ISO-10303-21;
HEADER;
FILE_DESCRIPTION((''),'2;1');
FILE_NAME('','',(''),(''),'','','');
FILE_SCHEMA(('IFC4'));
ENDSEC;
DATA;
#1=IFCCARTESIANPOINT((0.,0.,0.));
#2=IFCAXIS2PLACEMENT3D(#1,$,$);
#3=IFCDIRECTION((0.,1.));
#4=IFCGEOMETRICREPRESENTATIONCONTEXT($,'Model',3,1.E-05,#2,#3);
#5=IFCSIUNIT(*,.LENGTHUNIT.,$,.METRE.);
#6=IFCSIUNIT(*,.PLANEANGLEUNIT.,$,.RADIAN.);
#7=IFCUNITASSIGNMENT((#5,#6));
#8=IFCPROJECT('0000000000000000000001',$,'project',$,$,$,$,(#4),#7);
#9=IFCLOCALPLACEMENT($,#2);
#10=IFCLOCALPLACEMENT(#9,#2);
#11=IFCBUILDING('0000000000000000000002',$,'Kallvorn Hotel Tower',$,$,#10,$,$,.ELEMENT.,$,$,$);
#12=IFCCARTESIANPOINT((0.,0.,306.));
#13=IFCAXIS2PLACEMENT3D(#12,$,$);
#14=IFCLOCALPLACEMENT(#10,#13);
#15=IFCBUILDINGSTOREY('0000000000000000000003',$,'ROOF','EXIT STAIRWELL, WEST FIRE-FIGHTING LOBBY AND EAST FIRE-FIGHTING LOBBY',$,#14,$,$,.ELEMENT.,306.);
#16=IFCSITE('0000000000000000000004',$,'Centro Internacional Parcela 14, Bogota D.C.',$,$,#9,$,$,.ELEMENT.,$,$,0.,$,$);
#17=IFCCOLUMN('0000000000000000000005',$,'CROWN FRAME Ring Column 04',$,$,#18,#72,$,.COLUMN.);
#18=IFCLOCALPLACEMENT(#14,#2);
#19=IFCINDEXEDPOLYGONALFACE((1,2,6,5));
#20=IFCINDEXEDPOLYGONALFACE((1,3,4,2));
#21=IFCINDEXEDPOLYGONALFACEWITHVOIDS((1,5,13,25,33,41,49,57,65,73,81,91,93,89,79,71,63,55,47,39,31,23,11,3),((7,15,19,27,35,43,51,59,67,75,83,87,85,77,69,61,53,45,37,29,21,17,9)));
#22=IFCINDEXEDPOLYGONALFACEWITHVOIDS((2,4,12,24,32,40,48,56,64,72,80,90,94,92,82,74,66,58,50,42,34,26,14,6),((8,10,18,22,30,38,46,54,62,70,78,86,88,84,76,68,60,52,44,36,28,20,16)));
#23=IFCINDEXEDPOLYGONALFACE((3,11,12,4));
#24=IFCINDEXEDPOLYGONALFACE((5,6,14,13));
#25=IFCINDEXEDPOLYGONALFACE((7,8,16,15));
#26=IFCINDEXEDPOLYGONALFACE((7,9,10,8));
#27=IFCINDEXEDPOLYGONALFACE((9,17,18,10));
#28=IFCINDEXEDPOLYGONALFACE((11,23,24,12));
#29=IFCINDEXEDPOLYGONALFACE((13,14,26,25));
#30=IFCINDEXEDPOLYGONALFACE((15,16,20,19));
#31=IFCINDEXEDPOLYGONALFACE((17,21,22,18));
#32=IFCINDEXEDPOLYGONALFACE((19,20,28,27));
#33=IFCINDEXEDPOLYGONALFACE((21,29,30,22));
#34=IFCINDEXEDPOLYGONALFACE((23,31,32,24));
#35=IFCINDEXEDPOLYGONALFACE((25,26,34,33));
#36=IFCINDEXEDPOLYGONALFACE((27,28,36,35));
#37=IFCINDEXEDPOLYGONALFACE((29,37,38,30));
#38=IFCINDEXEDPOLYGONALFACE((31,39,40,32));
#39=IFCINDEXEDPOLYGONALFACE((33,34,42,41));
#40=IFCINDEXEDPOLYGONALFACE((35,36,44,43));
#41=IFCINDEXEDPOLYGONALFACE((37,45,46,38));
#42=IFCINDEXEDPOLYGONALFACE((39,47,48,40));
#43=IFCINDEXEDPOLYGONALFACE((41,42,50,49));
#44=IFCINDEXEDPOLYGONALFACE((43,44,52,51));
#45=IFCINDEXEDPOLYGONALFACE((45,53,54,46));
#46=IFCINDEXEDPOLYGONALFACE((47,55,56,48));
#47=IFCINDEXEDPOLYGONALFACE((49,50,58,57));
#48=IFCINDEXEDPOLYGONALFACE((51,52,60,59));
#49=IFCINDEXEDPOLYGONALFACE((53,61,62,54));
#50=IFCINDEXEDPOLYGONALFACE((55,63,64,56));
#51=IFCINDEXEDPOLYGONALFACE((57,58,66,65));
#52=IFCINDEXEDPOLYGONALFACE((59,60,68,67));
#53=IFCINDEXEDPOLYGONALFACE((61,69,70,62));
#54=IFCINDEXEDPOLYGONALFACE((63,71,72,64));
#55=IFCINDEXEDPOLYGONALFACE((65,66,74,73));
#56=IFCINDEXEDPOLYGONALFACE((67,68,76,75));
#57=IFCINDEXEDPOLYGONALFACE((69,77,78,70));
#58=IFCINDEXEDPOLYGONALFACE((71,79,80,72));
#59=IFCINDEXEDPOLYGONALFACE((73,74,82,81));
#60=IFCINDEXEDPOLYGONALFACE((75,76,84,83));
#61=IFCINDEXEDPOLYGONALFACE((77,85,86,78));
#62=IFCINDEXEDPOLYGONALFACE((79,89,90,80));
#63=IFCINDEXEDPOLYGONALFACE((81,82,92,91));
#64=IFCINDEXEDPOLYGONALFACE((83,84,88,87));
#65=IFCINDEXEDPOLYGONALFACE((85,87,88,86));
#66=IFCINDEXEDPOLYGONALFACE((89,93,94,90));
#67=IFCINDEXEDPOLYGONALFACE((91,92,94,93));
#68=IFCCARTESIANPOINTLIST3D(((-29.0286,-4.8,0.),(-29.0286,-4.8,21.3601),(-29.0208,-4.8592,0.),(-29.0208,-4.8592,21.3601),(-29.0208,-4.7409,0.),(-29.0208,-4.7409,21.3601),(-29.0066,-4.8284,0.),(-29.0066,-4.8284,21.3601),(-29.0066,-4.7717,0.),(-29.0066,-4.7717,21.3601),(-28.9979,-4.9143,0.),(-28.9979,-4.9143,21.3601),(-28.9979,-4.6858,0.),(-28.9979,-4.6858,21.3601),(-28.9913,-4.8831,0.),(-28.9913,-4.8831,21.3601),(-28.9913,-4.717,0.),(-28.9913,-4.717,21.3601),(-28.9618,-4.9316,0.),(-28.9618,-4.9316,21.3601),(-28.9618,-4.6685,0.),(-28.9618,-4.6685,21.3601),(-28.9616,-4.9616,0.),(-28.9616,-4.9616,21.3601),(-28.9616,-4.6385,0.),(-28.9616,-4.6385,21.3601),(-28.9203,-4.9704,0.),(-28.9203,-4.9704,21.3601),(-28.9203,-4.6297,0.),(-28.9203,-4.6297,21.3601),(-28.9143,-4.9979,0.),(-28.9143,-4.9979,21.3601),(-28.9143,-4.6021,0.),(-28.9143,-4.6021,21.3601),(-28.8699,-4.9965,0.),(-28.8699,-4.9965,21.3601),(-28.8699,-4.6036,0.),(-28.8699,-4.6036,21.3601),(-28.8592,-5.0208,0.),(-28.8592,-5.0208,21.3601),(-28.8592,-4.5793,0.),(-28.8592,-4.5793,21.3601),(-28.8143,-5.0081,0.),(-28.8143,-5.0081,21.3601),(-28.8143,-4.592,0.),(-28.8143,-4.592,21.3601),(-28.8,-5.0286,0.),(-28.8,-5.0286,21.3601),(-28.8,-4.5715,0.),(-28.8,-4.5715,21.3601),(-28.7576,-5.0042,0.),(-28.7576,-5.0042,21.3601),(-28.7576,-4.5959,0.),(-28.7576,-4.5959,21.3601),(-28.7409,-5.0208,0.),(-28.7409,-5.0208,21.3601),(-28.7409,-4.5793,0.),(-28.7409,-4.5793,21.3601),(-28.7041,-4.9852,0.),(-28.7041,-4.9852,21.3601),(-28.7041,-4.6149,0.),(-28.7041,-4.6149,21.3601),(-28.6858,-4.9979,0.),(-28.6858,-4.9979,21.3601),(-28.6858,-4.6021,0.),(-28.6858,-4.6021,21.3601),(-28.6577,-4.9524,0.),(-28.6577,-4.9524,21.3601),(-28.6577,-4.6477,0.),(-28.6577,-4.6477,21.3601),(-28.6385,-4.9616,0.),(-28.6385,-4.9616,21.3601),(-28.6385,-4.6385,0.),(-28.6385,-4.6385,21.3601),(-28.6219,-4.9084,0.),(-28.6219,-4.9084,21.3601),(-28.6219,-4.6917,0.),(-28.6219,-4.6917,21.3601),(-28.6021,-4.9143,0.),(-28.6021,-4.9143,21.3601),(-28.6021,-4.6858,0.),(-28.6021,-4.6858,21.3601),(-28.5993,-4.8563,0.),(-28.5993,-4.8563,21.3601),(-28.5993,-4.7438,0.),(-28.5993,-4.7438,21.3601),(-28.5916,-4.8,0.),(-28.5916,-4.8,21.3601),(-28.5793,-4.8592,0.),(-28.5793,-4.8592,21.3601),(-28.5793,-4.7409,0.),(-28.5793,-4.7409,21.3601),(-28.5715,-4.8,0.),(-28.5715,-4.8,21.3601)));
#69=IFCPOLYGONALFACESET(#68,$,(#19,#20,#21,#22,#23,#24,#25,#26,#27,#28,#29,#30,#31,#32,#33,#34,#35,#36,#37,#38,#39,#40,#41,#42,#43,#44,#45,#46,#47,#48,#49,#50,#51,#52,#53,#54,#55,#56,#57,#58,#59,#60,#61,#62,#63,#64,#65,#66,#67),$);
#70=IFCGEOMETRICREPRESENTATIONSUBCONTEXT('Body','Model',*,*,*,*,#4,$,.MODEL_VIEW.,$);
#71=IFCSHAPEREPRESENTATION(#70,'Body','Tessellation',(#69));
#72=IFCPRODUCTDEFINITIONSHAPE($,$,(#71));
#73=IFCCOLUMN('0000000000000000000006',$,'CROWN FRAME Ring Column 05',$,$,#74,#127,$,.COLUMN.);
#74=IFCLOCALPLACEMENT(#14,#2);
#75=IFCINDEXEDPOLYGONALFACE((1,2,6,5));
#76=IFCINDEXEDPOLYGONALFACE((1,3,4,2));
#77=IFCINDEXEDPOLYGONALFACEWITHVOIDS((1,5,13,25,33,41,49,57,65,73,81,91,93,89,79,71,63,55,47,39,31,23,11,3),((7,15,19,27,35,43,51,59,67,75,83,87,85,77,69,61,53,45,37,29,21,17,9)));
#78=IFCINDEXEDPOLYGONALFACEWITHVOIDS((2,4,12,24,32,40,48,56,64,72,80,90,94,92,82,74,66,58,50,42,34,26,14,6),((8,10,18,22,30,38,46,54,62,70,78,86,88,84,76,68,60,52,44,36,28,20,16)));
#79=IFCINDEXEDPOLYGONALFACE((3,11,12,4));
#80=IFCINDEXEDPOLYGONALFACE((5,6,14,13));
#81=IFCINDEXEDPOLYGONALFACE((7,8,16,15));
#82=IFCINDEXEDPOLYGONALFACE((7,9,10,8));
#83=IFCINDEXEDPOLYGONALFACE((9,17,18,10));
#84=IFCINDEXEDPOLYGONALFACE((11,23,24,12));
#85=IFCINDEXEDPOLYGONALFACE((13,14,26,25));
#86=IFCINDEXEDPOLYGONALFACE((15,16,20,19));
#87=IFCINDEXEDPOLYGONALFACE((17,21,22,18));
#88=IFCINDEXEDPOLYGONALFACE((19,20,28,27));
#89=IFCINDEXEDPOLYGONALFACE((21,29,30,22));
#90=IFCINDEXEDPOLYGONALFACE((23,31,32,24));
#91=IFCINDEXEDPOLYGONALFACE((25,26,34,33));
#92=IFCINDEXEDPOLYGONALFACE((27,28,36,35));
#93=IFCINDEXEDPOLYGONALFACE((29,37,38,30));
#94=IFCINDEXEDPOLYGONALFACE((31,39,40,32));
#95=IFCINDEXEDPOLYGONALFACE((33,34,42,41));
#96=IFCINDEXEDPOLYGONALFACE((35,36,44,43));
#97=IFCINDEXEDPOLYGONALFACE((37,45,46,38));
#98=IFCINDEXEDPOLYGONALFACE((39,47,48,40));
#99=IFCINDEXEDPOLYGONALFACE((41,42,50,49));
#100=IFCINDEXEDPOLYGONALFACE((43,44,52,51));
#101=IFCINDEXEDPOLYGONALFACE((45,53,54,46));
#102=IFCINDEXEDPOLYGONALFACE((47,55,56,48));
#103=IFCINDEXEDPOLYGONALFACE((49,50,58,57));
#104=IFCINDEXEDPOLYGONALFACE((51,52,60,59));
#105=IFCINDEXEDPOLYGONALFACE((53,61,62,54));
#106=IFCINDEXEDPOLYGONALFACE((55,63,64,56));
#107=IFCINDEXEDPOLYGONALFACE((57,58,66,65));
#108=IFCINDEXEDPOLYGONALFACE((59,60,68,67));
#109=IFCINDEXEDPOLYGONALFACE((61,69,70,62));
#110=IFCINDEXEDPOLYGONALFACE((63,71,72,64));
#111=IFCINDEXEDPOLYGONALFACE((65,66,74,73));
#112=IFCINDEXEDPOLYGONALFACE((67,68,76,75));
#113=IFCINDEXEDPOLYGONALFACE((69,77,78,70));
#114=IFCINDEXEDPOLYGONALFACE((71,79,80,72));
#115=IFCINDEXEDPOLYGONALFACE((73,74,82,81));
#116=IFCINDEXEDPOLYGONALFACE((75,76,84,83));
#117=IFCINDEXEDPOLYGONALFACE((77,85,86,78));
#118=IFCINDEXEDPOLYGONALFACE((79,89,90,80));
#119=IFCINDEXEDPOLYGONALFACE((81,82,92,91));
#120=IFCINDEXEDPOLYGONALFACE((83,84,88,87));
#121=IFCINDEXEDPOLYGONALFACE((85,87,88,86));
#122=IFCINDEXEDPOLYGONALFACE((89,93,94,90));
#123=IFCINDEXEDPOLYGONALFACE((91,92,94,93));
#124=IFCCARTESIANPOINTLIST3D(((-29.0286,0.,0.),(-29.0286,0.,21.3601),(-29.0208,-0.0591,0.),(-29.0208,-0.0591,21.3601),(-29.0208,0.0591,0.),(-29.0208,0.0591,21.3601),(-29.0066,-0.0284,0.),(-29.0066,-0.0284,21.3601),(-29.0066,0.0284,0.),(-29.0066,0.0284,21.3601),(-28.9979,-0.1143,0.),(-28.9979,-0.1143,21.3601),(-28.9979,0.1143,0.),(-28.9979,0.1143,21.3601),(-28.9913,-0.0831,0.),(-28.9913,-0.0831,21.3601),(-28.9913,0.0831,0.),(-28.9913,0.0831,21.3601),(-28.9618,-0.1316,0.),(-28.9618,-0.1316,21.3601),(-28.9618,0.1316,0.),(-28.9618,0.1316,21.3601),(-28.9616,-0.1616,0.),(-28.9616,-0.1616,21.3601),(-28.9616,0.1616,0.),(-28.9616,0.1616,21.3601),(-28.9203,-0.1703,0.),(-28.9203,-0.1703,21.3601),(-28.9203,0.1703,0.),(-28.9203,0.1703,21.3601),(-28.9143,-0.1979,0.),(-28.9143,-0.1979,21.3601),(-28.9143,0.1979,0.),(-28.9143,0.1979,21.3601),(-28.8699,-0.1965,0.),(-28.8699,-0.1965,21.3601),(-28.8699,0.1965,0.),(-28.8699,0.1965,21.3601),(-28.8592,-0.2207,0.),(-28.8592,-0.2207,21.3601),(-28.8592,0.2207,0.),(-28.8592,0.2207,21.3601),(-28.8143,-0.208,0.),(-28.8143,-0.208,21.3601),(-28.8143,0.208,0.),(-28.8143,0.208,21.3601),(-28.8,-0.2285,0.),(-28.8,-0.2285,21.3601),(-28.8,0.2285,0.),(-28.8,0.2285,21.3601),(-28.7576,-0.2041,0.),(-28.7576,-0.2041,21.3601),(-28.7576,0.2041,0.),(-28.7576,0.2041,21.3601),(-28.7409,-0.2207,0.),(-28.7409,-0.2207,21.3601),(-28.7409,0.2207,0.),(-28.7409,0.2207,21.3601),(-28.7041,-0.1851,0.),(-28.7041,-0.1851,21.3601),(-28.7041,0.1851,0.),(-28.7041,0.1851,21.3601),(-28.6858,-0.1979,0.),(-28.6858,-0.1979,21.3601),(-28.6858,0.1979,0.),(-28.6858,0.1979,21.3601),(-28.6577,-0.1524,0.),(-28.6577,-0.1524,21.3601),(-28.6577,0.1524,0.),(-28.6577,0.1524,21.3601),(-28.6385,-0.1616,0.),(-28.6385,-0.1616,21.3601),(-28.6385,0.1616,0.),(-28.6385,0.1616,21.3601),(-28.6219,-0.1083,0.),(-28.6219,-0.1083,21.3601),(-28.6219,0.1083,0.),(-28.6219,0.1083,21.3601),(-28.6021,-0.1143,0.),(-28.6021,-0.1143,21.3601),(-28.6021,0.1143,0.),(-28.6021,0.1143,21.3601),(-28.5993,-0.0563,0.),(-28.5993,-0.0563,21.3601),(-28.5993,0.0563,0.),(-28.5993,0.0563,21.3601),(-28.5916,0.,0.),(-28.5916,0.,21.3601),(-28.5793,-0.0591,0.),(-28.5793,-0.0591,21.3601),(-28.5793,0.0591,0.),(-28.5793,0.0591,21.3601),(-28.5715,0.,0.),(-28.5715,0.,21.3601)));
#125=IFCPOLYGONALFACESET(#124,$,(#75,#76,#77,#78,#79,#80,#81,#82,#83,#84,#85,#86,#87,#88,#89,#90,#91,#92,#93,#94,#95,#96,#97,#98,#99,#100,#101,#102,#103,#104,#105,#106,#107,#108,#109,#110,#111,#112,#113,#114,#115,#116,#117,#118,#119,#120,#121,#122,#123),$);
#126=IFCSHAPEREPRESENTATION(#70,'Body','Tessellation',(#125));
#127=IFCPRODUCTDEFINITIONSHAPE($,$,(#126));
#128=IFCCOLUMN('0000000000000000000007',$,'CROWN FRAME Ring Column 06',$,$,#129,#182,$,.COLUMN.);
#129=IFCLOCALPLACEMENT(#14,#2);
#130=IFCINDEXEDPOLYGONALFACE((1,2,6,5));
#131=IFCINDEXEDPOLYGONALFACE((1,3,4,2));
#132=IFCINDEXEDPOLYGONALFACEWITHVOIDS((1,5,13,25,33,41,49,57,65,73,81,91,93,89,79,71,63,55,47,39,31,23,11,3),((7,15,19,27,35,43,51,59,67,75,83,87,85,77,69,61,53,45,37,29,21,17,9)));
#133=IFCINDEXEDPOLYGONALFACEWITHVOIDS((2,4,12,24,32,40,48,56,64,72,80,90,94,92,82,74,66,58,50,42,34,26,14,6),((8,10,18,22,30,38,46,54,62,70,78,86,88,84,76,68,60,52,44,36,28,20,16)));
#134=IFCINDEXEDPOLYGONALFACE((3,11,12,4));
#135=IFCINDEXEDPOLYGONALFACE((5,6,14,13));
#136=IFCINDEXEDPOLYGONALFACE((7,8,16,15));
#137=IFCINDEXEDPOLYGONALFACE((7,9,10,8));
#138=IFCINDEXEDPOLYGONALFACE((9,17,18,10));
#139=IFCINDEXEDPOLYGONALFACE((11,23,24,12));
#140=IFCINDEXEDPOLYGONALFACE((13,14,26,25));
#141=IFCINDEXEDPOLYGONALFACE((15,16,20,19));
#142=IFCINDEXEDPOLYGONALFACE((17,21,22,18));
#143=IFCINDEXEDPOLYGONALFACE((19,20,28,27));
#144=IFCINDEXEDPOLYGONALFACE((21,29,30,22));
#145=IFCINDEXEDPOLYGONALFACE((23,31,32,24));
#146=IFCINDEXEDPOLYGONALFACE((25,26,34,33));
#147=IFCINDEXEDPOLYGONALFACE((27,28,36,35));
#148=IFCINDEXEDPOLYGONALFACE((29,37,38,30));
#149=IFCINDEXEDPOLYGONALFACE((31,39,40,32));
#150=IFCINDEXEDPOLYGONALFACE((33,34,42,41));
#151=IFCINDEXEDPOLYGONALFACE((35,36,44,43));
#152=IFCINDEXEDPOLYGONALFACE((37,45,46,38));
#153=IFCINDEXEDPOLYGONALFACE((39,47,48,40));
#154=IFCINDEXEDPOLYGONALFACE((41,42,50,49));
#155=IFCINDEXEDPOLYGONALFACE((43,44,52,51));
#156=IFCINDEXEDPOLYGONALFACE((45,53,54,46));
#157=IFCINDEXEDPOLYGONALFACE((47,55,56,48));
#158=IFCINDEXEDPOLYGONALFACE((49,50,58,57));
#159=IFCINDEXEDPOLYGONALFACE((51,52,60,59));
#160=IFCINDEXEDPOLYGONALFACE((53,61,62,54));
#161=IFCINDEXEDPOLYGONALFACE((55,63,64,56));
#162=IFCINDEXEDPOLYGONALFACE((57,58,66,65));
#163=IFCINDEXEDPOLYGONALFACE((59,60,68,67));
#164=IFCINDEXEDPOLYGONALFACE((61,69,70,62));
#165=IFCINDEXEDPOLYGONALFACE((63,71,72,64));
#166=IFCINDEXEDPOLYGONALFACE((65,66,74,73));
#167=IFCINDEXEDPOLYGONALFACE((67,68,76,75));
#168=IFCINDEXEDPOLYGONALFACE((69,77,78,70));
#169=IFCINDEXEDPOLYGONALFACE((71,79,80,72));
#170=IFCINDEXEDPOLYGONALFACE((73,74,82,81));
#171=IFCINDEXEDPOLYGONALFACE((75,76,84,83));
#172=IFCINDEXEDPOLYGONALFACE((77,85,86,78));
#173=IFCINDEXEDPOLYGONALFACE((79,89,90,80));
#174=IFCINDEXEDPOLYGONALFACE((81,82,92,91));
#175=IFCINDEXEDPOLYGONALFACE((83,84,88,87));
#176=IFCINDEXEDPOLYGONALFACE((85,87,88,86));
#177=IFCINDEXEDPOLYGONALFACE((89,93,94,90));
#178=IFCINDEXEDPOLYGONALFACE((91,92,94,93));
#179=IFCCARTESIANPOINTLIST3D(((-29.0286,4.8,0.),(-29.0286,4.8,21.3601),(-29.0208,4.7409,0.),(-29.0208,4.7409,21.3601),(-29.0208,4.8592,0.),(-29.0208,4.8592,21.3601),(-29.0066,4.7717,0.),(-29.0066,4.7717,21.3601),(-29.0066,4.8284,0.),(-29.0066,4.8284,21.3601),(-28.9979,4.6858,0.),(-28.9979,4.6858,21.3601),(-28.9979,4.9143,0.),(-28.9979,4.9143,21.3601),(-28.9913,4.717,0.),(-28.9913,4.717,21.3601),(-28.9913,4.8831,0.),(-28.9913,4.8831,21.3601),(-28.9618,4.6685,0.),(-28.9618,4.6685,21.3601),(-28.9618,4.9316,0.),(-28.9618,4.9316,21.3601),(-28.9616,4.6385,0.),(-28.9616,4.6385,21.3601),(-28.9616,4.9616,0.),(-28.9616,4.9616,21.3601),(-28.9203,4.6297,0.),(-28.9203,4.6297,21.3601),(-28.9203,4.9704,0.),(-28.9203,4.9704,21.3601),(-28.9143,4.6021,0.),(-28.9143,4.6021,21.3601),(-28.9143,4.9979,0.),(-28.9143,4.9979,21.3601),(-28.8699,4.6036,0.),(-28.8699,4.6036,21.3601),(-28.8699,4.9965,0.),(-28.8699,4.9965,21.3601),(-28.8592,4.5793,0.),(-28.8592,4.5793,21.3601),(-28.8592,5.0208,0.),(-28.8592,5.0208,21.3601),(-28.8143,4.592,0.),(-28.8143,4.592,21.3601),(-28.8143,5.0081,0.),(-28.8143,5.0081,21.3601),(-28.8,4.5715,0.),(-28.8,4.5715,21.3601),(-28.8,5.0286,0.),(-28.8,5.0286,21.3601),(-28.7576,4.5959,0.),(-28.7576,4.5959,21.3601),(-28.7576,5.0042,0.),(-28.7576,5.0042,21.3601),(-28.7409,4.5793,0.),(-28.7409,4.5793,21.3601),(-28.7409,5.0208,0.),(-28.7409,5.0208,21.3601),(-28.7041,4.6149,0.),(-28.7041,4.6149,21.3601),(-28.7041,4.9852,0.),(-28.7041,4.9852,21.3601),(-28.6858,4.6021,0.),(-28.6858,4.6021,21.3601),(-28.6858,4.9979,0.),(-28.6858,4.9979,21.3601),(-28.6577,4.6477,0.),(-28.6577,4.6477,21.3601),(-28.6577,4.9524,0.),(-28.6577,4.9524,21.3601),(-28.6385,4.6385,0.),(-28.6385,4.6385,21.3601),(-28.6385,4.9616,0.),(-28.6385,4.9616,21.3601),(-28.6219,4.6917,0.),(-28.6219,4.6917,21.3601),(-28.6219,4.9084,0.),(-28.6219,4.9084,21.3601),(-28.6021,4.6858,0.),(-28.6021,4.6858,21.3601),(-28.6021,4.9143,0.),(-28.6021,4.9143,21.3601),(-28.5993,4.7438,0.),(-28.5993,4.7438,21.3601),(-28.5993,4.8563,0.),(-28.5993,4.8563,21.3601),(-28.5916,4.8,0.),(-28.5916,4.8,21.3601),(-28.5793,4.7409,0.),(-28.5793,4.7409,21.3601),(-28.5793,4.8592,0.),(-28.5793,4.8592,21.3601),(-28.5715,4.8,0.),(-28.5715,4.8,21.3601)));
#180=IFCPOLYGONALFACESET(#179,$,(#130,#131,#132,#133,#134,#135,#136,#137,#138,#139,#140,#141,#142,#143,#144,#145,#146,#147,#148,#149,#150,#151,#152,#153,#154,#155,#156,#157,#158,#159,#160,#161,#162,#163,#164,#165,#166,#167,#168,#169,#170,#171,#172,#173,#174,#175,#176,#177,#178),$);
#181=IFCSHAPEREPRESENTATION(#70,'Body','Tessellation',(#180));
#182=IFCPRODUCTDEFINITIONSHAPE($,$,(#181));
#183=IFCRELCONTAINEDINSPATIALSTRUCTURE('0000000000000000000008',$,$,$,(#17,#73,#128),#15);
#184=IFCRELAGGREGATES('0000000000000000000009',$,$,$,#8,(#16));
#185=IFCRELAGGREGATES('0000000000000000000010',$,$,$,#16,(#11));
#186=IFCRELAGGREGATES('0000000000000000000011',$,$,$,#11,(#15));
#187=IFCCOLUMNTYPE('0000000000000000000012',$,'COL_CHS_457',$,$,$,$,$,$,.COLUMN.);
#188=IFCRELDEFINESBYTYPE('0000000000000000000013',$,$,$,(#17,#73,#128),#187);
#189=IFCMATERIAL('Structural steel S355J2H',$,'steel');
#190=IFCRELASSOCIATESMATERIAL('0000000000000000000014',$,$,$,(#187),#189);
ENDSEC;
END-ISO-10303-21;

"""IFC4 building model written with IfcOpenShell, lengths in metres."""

from ifc_helpers import new_model, si_unit, direction, frame, origin, origin_2d, place, context, subcontext, project, spatial, hollow_circle, extrude, material, material_profile, profile_set, type_object, element, save


model = new_model("IFC4")

# Units and contexts
model_context = context("Model", 3, precision=1e-05, world=origin(), true_north=direction((0.0, 1.0)))
body_context = subcontext(model_context, "Body", "Model", "MODEL_VIEW")
ifc_project = project(units=[si_unit("LENGTHUNIT", "METRE"), si_unit("PLANEANGLEUNIT", "RADIAN")], contexts=[model_context])

# Site, building, storey
site_placement = place(None, origin())
site = spatial("IfcSite", under=ifc_project, at=site_placement, Name="Centro Internacional Parcela 14, Bogota D.C.", CompositionType="ELEMENT", RefElevation=0.0)
building_placement = place(site_placement, origin())
building = spatial("IfcBuilding", under=site, at=building_placement, Name="Kallvorn Hotel Tower", CompositionType="ELEMENT")
storey_placement = place(building_placement, frame((0.0, 0.0, 306.0)))
storey = spatial("IfcBuildingStorey", under=building, at=storey_placement, Name="ROOF", Description="EXIT STAIRWELL, WEST FIRE-FIGHTING LOBBY AND EAST FIRE-FIGHTING LOBBY", CompositionType="ELEMENT", Elevation=306.0)

# Columns
ifc_material_1 = material(Name="Structural steel S355J2H", Category="steel")
ifc_material_profile_1 = material_profile(ifc_material_1, hollow_circle(Radius=0.2285, WallThickness=0.02, at=origin_2d()), Name="CHS 457x20")
ifc_profile_set_1 = profile_set([ifc_material_profile_1], Name="Structural steel S355J2H")
column_type = type_object("IfcColumnType", Name="COL_CHS_457", PredefinedType="COLUMN", material=ifc_profile_set_1)
for number, where, z_axis, x_axis, name in (
    (1, (-28.8, -4.8, 0.0), (0.0, 0.0, 1.0), (1.0, 0.0, 0.0), "CROWN FRAME Ring Column 04"),
    (2, (-28.8, 0.0, 0.0), (0.0, 0.0, 1.0), (1.0, 0.0, 0.0), "CROWN FRAME Ring Column 05"),
    (3, (-28.8, 4.8, 0.0), (0.0, 0.0, 1.0), (1.0, 0.0, 0.0), "CROWN FRAME Ring Column 06"),
):
    element("IfcColumn", number, at=place(storey_placement, frame(where, z_axis=z_axis, x_axis=x_axis)), inside=storey, type_object=column_type, Name=name, PredefinedType="COLUMN", context=body_context, shape_type="SweptSolid", body=[
        extrude(hollow_circle(Radius=0.2285, WallThickness=0.02, at=origin_2d()), origin(), (0.0, 0.0, 1.0), 21.3601),
    ])

save(model, "model.ifc")
